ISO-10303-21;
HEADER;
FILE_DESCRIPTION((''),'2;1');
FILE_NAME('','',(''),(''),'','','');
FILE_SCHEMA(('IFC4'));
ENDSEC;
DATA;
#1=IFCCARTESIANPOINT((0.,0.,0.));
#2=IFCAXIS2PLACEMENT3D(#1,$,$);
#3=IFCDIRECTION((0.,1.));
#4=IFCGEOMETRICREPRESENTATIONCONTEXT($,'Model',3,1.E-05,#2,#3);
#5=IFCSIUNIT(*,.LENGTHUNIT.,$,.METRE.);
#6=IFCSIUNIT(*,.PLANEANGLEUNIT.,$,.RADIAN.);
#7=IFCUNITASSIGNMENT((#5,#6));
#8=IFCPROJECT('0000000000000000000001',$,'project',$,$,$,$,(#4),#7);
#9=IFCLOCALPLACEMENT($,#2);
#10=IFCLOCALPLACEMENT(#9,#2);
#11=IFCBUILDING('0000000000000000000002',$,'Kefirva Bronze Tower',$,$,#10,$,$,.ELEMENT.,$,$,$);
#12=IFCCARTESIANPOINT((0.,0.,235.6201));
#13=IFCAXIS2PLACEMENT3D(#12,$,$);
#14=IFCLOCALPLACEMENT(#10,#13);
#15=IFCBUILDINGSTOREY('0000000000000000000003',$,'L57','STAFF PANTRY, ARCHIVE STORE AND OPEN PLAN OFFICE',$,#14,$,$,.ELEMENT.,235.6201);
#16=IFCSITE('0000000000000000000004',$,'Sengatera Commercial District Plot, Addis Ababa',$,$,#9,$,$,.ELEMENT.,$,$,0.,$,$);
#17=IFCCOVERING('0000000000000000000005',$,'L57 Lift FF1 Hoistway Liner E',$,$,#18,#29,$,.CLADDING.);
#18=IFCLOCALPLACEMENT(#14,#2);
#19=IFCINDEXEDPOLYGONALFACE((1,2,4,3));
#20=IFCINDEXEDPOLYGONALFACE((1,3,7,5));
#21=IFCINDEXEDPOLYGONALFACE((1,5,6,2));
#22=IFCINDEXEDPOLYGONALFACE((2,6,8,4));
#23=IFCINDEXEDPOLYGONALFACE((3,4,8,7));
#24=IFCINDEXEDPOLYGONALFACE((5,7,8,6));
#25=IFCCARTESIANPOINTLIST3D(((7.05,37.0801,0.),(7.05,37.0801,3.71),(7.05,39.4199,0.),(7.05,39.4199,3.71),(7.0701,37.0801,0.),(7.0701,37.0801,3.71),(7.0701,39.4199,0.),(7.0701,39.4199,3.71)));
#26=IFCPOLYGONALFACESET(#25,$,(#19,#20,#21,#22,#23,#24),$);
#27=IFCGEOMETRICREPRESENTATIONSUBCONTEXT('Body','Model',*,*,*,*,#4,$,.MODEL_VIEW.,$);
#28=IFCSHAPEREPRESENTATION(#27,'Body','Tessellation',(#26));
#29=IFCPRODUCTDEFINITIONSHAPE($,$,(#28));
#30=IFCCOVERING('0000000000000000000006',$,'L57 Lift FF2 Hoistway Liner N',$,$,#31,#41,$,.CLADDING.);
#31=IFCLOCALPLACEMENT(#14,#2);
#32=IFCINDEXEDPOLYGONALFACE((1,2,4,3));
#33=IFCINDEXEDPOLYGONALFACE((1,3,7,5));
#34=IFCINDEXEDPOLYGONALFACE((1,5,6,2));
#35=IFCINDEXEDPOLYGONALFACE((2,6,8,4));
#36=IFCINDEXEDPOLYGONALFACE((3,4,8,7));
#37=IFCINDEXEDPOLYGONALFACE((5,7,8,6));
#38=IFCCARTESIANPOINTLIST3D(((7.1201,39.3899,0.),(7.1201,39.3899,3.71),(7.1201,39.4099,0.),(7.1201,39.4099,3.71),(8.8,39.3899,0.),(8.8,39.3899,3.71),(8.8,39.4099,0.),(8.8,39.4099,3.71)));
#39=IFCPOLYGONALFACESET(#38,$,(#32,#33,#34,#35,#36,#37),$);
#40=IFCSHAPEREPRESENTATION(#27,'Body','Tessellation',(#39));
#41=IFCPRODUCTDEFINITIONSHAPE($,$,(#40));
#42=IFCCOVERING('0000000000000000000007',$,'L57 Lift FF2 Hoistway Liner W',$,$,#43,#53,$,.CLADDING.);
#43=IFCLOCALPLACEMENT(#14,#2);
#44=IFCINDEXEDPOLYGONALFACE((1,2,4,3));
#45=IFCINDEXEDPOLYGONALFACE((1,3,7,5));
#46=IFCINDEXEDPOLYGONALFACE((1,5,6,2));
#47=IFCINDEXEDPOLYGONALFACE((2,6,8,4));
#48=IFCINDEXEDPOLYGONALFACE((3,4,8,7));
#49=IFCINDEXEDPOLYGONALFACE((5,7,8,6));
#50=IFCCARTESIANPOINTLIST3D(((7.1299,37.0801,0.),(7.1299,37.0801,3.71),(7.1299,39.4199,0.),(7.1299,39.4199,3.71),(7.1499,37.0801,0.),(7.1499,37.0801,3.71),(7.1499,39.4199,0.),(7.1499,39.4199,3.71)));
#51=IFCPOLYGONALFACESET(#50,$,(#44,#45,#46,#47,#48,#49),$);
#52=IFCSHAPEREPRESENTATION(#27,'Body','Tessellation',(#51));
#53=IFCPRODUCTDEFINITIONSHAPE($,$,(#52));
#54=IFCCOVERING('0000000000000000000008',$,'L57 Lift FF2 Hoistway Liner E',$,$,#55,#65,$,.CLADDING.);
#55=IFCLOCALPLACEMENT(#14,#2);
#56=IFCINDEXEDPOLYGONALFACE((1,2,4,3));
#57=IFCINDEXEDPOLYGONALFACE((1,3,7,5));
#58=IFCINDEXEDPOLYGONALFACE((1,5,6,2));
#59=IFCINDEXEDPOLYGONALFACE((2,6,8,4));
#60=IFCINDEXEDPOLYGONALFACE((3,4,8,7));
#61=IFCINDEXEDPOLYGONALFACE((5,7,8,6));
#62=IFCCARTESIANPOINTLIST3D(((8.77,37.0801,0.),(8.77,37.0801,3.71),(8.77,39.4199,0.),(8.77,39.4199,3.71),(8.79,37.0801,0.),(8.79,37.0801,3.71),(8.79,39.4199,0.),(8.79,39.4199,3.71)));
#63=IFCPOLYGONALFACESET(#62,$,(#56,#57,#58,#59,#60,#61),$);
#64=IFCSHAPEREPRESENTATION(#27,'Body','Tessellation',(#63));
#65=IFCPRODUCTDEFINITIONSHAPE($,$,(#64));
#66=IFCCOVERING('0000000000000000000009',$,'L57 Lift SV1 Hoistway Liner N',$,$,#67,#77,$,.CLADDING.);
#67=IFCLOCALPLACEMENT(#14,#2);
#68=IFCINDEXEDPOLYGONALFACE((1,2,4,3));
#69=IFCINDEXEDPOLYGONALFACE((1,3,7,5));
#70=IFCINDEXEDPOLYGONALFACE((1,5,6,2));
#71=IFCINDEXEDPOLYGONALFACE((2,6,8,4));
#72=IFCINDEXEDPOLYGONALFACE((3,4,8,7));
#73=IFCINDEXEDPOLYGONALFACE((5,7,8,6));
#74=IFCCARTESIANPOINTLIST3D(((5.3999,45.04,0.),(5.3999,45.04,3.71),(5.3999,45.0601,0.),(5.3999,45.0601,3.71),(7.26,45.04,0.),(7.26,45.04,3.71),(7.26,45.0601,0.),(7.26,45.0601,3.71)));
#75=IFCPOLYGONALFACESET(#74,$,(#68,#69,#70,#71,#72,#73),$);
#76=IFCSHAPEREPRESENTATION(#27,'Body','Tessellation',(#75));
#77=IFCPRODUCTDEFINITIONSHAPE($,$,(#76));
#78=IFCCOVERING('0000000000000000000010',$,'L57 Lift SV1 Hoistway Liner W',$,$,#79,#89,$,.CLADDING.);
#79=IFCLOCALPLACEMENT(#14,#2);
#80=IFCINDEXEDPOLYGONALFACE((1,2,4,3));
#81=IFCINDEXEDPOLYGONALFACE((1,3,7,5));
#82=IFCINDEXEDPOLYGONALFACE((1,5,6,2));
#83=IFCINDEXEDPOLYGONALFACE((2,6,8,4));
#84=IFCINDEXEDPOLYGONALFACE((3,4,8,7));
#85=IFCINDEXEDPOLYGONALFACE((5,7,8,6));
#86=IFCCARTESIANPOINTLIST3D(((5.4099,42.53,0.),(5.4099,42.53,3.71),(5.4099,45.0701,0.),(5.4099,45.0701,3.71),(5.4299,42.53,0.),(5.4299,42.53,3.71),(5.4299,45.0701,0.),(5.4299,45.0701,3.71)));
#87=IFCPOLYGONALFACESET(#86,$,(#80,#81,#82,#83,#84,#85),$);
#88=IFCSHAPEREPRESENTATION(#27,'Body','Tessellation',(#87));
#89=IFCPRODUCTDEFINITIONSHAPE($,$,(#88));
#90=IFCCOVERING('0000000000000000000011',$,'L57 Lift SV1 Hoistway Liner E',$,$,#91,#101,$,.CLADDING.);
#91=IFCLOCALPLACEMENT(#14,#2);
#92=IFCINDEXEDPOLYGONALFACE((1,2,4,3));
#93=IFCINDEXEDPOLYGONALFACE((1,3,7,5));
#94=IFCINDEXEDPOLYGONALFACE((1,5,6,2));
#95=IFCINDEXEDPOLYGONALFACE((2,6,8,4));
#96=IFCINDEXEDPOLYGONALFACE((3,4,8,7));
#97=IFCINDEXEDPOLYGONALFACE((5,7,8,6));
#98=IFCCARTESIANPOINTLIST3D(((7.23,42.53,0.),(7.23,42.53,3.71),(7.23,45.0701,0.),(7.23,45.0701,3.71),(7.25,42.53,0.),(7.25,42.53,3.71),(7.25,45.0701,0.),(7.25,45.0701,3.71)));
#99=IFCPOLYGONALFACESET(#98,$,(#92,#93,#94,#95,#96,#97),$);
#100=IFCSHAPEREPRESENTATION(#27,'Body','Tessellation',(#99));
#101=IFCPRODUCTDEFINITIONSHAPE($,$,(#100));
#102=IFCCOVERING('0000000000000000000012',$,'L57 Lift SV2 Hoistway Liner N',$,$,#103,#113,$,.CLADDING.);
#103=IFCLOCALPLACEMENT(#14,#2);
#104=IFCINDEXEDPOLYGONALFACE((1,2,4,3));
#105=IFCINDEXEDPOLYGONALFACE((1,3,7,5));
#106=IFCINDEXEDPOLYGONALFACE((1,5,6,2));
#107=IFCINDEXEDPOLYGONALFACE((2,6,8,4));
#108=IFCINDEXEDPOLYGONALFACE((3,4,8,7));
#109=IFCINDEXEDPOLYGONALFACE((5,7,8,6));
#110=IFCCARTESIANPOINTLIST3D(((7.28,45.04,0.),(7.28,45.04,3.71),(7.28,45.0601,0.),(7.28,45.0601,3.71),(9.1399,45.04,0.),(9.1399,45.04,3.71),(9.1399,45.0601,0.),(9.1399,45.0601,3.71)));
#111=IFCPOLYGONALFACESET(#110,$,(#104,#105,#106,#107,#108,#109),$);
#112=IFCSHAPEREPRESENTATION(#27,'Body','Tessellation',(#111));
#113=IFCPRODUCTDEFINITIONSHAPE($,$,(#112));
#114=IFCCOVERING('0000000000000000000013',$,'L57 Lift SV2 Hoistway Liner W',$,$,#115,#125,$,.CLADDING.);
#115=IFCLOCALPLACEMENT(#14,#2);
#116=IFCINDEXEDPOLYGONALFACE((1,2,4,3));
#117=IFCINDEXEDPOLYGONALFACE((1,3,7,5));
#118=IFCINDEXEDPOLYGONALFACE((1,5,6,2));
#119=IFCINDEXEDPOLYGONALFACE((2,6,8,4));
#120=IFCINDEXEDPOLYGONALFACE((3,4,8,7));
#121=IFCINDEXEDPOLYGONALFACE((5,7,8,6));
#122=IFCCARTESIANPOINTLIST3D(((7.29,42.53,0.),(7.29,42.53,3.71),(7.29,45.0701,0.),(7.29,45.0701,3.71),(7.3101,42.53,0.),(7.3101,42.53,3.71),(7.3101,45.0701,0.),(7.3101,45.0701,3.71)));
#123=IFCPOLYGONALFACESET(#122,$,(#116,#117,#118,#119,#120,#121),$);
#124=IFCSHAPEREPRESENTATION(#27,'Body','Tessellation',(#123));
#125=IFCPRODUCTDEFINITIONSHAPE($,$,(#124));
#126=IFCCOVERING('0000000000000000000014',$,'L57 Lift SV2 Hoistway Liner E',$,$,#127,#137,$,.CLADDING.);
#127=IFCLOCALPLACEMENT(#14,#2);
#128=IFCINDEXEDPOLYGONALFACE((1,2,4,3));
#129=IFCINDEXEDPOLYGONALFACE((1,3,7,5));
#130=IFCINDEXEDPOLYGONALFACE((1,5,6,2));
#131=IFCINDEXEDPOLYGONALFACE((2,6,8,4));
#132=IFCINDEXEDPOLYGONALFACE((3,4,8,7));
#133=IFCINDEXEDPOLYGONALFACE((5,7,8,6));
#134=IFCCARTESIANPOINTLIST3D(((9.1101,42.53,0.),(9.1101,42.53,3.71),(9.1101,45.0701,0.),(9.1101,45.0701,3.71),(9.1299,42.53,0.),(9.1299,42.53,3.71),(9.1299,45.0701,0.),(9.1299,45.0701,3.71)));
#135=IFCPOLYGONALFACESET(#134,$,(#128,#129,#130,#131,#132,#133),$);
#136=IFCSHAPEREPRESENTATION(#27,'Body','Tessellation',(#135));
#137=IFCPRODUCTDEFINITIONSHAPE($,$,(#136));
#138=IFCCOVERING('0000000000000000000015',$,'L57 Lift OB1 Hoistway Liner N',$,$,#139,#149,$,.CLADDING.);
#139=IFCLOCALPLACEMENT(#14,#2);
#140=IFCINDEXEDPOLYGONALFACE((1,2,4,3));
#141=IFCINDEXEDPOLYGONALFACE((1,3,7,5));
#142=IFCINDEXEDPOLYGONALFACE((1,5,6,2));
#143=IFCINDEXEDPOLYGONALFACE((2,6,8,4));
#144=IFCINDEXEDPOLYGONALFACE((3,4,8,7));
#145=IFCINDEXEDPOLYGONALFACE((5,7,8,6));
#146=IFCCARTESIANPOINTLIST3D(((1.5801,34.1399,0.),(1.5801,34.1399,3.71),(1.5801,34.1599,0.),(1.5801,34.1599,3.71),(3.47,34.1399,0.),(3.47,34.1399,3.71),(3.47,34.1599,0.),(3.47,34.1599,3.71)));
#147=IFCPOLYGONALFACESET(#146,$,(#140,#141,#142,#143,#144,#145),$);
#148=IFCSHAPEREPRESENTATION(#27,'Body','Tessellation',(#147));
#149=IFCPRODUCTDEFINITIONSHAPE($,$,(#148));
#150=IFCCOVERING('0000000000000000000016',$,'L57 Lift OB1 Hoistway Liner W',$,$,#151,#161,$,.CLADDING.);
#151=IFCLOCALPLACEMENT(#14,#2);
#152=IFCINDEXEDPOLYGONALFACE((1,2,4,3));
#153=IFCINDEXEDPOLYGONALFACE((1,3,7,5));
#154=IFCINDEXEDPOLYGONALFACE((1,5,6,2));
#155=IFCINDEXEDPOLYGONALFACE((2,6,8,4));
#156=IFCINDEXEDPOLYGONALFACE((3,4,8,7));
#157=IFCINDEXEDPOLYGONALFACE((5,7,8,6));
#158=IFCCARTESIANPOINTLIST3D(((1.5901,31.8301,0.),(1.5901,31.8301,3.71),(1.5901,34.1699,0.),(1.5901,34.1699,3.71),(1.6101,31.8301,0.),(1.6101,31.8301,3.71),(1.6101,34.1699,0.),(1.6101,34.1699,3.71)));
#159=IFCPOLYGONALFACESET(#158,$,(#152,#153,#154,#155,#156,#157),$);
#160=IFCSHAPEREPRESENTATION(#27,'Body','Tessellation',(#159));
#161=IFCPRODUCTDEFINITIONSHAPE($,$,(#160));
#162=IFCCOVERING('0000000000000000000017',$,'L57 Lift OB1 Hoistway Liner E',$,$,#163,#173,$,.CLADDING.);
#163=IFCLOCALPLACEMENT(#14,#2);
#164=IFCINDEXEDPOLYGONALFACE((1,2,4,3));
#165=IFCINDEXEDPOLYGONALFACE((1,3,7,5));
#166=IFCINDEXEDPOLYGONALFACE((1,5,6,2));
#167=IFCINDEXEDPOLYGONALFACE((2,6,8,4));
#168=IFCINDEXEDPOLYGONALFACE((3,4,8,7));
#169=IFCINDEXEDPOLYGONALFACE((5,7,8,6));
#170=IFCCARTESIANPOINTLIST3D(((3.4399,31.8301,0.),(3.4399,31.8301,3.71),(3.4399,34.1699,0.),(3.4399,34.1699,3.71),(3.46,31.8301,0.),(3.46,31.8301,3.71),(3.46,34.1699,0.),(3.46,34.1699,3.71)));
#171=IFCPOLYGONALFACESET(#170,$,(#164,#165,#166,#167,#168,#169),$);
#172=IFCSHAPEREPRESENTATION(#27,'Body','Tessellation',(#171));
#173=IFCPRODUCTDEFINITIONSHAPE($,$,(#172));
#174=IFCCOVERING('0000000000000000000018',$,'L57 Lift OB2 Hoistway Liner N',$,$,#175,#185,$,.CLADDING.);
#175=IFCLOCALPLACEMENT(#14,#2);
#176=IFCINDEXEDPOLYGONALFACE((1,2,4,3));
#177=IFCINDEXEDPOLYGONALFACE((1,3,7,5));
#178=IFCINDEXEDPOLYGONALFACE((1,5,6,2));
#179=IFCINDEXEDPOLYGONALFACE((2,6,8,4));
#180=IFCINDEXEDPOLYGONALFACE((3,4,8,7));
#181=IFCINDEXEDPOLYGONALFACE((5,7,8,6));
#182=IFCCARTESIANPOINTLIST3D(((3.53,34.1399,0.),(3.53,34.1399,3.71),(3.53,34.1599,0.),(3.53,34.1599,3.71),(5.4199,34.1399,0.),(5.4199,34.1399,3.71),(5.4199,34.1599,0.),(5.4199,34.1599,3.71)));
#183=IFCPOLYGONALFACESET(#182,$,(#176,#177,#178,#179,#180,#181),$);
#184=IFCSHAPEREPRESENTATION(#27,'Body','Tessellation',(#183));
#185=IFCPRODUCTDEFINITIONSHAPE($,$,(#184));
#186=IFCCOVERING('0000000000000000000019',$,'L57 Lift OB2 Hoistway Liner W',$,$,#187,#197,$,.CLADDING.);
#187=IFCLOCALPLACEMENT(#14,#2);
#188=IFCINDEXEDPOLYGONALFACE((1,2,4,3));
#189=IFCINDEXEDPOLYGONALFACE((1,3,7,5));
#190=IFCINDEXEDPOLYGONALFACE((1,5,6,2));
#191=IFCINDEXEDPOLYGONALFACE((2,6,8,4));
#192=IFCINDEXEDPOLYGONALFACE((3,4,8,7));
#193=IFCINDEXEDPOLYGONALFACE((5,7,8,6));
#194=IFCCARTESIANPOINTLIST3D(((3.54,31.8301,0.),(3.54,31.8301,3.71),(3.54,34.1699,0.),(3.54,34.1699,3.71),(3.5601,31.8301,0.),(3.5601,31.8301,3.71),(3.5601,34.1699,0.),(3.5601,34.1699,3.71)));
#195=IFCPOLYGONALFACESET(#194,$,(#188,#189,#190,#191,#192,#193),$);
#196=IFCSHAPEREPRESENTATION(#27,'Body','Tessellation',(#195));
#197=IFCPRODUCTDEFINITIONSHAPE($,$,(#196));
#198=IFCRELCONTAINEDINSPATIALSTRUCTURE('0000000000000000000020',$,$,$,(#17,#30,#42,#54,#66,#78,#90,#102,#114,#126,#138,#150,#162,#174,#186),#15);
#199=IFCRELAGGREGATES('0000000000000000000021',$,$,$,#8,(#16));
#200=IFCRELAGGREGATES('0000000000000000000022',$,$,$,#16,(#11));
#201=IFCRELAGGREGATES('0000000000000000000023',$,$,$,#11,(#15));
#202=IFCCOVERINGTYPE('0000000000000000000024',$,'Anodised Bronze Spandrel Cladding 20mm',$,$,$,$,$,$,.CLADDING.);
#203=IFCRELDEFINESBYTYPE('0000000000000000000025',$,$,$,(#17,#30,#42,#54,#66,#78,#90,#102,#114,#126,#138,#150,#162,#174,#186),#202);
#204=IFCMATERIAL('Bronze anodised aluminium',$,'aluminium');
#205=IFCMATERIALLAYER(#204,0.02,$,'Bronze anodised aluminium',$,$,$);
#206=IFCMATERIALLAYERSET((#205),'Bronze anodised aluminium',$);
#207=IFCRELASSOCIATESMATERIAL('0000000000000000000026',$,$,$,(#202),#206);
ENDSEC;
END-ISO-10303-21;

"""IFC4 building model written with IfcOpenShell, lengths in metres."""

from ifc_helpers import new_model, si_unit, direction, frame, origin, place, context, subcontext, project, spatial, polyline, outline, extrude, material, layer, layer_set, type_object, element, save


model = new_model("IFC4")

# Units and contexts
model_context = context("Model", 3, precision=1e-05, world=origin(), true_north=direction((0.0, 1.0)))
body_context = subcontext(model_context, "Body", "Model", "MODEL_VIEW")
ifc_project = project(units=[si_unit("LENGTHUNIT", "METRE"), si_unit("PLANEANGLEUNIT", "RADIAN")], contexts=[model_context])

# Site, building, storey
site_placement = place(None, origin())
site = spatial("IfcSite", under=ifc_project, at=site_placement, Name="Sengatera Commercial District Plot, Addis Ababa", CompositionType="ELEMENT", RefElevation=0.0)
building_placement = place(site_placement, origin())
building = spatial("IfcBuilding", under=site, at=building_placement, Name="Kefirva Bronze Tower", CompositionType="ELEMENT")
storey_placement = place(building_placement, frame((0.0, 0.0, 235.6201)))
storey = spatial("IfcBuildingStorey", under=building, at=storey_placement, Name="L57", Description="STAFF PANTRY, ARCHIVE STORE AND OPEN PLAN OFFICE", CompositionType="ELEMENT", Elevation=235.6201)

# Shared definitions
ifc_material_1 = material(Name="Bronze anodised aluminium", Category="aluminium")

# Coverings
ifc_layer_1 = layer(ifc_material_1, 0.02, Name="Bronze anodised aluminium")
ifc_layer_set_1 = layer_set([ifc_layer_1], Name="Bronze anodised aluminium")
covering_type_1 = type_object("IfcCoveringType", Name="Anodised Bronze Spandrel Cladding 20mm", PredefinedType="CLADDING", material=ifc_layer_set_1)
covering_1_placement = place(storey_placement, origin())
element("IfcCovering", 1, at=covering_1_placement, inside=storey, type_object=covering_type_1, Name="L57 Lift FF1 Hoistway Liner E", PredefinedType="CLADDING", context=body_context, shape_type="SweptSolid", body=[
    extrude(outline(polyline([(7.05, 37.0801), (7.0701, 37.0801), (7.0701, 39.4199), (7.05, 39.4199), (7.05, 37.0801)])), origin(), (0.0, 0.0, 1.0), 3.71),
])
covering_2_placement = place(storey_placement, origin())
element("IfcCovering", 2, at=covering_2_placement, inside=storey, type_object=covering_type_1, Name="L57 Lift FF2 Hoistway Liner N", PredefinedType="CLADDING", context=body_context, shape_type="SweptSolid", body=[
    extrude(outline(polyline([(7.1201, 39.3899), (8.8, 39.3899), (8.8, 39.4099), (7.1201, 39.4099), (7.1201, 39.3899)])), origin(), (0.0, 0.0, 1.0), 3.71),
])
covering_3_placement = place(storey_placement, origin())
element("IfcCovering", 3, at=covering_3_placement, inside=storey, type_object=covering_type_1, Name="L57 Lift FF2 Hoistway Liner W", PredefinedType="CLADDING", context=body_context, shape_type="SweptSolid", body=[
    extrude(outline(polyline([(7.1299, 37.0801), (7.1499, 37.0801), (7.1499, 39.4199), (7.1299, 39.4199), (7.1299, 37.0801)])), origin(), (0.0, 0.0, 1.0), 3.71),
])
covering_4_placement = place(storey_placement, origin())
element("IfcCovering", 4, at=covering_4_placement, inside=storey, type_object=covering_type_1, Name="L57 Lift FF2 Hoistway Liner E", PredefinedType="CLADDING", context=body_context, shape_type="SweptSolid", body=[
    extrude(outline(polyline([(8.77, 37.0801), (8.79, 37.0801), (8.79, 39.4199), (8.77, 39.4199), (8.77, 37.0801)])), origin(), (0.0, 0.0, 1.0), 3.71),
])
covering_5_placement = place(storey_placement, origin())
element("IfcCovering", 5, at=covering_5_placement, inside=storey, type_object=covering_type_1, Name="L57 Lift SV1 Hoistway Liner N", PredefinedType="CLADDING", context=body_context, shape_type="SweptSolid", body=[
    extrude(outline(polyline([(5.3999, 45.04), (7.26, 45.04), (7.26, 45.0601), (5.3999, 45.0601), (5.3999, 45.04)])), origin(), (0.0, 0.0, 1.0), 3.71),
])
covering_6_placement = place(storey_placement, origin())
element("IfcCovering", 6, at=covering_6_placement, inside=storey, type_object=covering_type_1, Name="L57 Lift SV1 Hoistway Liner W", PredefinedType="CLADDING", context=body_context, shape_type="SweptSolid", body=[
    extrude(outline(polyline([(5.4099, 42.53), (5.4299, 42.53), (5.4299, 45.0701), (5.4099, 45.0701), (5.4099, 42.53)])), origin(), (0.0, 0.0, 1.0), 3.71),
])
covering_7_placement = place(storey_placement, origin())
element("IfcCovering", 7, at=covering_7_placement, inside=storey, type_object=covering_type_1, Name="L57 Lift SV1 Hoistway Liner E", PredefinedType="CLADDING", context=body_context, shape_type="SweptSolid", body=[
    extrude(outline(polyline([(7.23, 42.53), (7.25, 42.53), (7.25, 45.0701), (7.23, 45.0701), (7.23, 42.53)])), origin(), (0.0, 0.0, 1.0), 3.71),
])
covering_8_placement = place(storey_placement, origin())
element("IfcCovering", 8, at=covering_8_placement, inside=storey, type_object=covering_type_1, Name="L57 Lift SV2 Hoistway Liner N", PredefinedType="CLADDING", context=body_context, shape_type="SweptSolid", body=[
    extrude(outline(polyline([(7.28, 45.04), (9.1399, 45.04), (9.1399, 45.0601), (7.28, 45.0601), (7.28, 45.04)])), origin(), (0.0, 0.0, 1.0), 3.71),
])
covering_9_placement = place(storey_placement, origin())
element("IfcCovering", 9, at=covering_9_placement, inside=storey, type_object=covering_type_1, Name="L57 Lift SV2 Hoistway Liner W", PredefinedType="CLADDING", context=body_context, shape_type="SweptSolid", body=[
    extrude(outline(polyline([(7.29, 42.53), (7.3101, 42.53), (7.3101, 45.0701), (7.29, 45.0701), (7.29, 42.53)])), origin(), (0.0, 0.0, 1.0), 3.71),
])
covering_10_placement = place(storey_placement, origin())
element("IfcCovering", 10, at=covering_10_placement, inside=storey, type_object=covering_type_1, Name="L57 Lift SV2 Hoistway Liner E", PredefinedType="CLADDING", context=body_context, shape_type="SweptSolid", body=[
    extrude(outline(polyline([(9.1101, 42.53), (9.1299, 42.53), (9.1299, 45.0701), (9.1101, 45.0701), (9.1101, 42.53)])), origin(), (0.0, 0.0, 1.0), 3.71),
])
covering_11_placement = place(storey_placement, origin())
element("IfcCovering", 11, at=covering_11_placement, inside=storey, type_object=covering_type_1, Name="L57 Lift OB1 Hoistway Liner N", PredefinedType="CLADDING", context=body_context, shape_type="SweptSolid", body=[
    extrude(outline(polyline([(1.5801, 34.1399), (3.47, 34.1399), (3.47, 34.1599), (1.5801, 34.1599), (1.5801, 34.1399)])), origin(), (0.0, 0.0, 1.0), 3.71),
])
covering_12_placement = place(storey_placement, origin())
element("IfcCovering", 12, at=covering_12_placement, inside=storey, type_object=covering_type_1, Name="L57 Lift OB1 Hoistway Liner W", PredefinedType="CLADDING", context=body_context, shape_type="SweptSolid", body=[
    extrude(outline(polyline([(1.5901, 31.8301), (1.6101, 31.8301), (1.6101, 34.1699), (1.5901, 34.1699), (1.5901, 31.8301)])), origin(), (0.0, 0.0, 1.0), 3.71),
])
covering_13_placement = place(storey_placement, origin())
element("IfcCovering", 13, at=covering_13_placement, inside=storey, type_object=covering_type_1, Name="L57 Lift OB1 Hoistway Liner E", PredefinedType="CLADDING", context=body_context, shape_type="SweptSolid", body=[
    extrude(outline(polyline([(3.4399, 31.8301), (3.46, 31.8301), (3.46, 34.1699), (3.4399, 34.1699), (3.4399, 31.8301)])), origin(), (0.0, 0.0, 1.0), 3.71),
])
covering_14_placement = place(storey_placement, origin())
element("IfcCovering", 14, at=covering_14_placement, inside=storey, type_object=covering_type_1, Name="L57 Lift OB2 Hoistway Liner N", PredefinedType="CLADDING", context=body_context, shape_type="SweptSolid", body=[
    extrude(outline(polyline([(3.53, 34.1399), (5.4199, 34.1399), (5.4199, 34.1599), (3.53, 34.1599), (3.53, 34.1399)])), origin(), (0.0, 0.0, 1.0), 3.71),
])
covering_15_placement = place(storey_placement, origin())
element("IfcCovering", 15, at=covering_15_placement, inside=storey, type_object=covering_type_1, Name="L57 Lift OB2 Hoistway Liner W", PredefinedType="CLADDING", context=body_context, shape_type="SweptSolid", body=[
    extrude(outline(polyline([(3.54, 31.8301), (3.5601, 31.8301), (3.5601, 34.1699), (3.54, 34.1699), (3.54, 31.8301)])), origin(), (0.0, 0.0, 1.0), 3.71),
])

save(model, "model.ifc")
